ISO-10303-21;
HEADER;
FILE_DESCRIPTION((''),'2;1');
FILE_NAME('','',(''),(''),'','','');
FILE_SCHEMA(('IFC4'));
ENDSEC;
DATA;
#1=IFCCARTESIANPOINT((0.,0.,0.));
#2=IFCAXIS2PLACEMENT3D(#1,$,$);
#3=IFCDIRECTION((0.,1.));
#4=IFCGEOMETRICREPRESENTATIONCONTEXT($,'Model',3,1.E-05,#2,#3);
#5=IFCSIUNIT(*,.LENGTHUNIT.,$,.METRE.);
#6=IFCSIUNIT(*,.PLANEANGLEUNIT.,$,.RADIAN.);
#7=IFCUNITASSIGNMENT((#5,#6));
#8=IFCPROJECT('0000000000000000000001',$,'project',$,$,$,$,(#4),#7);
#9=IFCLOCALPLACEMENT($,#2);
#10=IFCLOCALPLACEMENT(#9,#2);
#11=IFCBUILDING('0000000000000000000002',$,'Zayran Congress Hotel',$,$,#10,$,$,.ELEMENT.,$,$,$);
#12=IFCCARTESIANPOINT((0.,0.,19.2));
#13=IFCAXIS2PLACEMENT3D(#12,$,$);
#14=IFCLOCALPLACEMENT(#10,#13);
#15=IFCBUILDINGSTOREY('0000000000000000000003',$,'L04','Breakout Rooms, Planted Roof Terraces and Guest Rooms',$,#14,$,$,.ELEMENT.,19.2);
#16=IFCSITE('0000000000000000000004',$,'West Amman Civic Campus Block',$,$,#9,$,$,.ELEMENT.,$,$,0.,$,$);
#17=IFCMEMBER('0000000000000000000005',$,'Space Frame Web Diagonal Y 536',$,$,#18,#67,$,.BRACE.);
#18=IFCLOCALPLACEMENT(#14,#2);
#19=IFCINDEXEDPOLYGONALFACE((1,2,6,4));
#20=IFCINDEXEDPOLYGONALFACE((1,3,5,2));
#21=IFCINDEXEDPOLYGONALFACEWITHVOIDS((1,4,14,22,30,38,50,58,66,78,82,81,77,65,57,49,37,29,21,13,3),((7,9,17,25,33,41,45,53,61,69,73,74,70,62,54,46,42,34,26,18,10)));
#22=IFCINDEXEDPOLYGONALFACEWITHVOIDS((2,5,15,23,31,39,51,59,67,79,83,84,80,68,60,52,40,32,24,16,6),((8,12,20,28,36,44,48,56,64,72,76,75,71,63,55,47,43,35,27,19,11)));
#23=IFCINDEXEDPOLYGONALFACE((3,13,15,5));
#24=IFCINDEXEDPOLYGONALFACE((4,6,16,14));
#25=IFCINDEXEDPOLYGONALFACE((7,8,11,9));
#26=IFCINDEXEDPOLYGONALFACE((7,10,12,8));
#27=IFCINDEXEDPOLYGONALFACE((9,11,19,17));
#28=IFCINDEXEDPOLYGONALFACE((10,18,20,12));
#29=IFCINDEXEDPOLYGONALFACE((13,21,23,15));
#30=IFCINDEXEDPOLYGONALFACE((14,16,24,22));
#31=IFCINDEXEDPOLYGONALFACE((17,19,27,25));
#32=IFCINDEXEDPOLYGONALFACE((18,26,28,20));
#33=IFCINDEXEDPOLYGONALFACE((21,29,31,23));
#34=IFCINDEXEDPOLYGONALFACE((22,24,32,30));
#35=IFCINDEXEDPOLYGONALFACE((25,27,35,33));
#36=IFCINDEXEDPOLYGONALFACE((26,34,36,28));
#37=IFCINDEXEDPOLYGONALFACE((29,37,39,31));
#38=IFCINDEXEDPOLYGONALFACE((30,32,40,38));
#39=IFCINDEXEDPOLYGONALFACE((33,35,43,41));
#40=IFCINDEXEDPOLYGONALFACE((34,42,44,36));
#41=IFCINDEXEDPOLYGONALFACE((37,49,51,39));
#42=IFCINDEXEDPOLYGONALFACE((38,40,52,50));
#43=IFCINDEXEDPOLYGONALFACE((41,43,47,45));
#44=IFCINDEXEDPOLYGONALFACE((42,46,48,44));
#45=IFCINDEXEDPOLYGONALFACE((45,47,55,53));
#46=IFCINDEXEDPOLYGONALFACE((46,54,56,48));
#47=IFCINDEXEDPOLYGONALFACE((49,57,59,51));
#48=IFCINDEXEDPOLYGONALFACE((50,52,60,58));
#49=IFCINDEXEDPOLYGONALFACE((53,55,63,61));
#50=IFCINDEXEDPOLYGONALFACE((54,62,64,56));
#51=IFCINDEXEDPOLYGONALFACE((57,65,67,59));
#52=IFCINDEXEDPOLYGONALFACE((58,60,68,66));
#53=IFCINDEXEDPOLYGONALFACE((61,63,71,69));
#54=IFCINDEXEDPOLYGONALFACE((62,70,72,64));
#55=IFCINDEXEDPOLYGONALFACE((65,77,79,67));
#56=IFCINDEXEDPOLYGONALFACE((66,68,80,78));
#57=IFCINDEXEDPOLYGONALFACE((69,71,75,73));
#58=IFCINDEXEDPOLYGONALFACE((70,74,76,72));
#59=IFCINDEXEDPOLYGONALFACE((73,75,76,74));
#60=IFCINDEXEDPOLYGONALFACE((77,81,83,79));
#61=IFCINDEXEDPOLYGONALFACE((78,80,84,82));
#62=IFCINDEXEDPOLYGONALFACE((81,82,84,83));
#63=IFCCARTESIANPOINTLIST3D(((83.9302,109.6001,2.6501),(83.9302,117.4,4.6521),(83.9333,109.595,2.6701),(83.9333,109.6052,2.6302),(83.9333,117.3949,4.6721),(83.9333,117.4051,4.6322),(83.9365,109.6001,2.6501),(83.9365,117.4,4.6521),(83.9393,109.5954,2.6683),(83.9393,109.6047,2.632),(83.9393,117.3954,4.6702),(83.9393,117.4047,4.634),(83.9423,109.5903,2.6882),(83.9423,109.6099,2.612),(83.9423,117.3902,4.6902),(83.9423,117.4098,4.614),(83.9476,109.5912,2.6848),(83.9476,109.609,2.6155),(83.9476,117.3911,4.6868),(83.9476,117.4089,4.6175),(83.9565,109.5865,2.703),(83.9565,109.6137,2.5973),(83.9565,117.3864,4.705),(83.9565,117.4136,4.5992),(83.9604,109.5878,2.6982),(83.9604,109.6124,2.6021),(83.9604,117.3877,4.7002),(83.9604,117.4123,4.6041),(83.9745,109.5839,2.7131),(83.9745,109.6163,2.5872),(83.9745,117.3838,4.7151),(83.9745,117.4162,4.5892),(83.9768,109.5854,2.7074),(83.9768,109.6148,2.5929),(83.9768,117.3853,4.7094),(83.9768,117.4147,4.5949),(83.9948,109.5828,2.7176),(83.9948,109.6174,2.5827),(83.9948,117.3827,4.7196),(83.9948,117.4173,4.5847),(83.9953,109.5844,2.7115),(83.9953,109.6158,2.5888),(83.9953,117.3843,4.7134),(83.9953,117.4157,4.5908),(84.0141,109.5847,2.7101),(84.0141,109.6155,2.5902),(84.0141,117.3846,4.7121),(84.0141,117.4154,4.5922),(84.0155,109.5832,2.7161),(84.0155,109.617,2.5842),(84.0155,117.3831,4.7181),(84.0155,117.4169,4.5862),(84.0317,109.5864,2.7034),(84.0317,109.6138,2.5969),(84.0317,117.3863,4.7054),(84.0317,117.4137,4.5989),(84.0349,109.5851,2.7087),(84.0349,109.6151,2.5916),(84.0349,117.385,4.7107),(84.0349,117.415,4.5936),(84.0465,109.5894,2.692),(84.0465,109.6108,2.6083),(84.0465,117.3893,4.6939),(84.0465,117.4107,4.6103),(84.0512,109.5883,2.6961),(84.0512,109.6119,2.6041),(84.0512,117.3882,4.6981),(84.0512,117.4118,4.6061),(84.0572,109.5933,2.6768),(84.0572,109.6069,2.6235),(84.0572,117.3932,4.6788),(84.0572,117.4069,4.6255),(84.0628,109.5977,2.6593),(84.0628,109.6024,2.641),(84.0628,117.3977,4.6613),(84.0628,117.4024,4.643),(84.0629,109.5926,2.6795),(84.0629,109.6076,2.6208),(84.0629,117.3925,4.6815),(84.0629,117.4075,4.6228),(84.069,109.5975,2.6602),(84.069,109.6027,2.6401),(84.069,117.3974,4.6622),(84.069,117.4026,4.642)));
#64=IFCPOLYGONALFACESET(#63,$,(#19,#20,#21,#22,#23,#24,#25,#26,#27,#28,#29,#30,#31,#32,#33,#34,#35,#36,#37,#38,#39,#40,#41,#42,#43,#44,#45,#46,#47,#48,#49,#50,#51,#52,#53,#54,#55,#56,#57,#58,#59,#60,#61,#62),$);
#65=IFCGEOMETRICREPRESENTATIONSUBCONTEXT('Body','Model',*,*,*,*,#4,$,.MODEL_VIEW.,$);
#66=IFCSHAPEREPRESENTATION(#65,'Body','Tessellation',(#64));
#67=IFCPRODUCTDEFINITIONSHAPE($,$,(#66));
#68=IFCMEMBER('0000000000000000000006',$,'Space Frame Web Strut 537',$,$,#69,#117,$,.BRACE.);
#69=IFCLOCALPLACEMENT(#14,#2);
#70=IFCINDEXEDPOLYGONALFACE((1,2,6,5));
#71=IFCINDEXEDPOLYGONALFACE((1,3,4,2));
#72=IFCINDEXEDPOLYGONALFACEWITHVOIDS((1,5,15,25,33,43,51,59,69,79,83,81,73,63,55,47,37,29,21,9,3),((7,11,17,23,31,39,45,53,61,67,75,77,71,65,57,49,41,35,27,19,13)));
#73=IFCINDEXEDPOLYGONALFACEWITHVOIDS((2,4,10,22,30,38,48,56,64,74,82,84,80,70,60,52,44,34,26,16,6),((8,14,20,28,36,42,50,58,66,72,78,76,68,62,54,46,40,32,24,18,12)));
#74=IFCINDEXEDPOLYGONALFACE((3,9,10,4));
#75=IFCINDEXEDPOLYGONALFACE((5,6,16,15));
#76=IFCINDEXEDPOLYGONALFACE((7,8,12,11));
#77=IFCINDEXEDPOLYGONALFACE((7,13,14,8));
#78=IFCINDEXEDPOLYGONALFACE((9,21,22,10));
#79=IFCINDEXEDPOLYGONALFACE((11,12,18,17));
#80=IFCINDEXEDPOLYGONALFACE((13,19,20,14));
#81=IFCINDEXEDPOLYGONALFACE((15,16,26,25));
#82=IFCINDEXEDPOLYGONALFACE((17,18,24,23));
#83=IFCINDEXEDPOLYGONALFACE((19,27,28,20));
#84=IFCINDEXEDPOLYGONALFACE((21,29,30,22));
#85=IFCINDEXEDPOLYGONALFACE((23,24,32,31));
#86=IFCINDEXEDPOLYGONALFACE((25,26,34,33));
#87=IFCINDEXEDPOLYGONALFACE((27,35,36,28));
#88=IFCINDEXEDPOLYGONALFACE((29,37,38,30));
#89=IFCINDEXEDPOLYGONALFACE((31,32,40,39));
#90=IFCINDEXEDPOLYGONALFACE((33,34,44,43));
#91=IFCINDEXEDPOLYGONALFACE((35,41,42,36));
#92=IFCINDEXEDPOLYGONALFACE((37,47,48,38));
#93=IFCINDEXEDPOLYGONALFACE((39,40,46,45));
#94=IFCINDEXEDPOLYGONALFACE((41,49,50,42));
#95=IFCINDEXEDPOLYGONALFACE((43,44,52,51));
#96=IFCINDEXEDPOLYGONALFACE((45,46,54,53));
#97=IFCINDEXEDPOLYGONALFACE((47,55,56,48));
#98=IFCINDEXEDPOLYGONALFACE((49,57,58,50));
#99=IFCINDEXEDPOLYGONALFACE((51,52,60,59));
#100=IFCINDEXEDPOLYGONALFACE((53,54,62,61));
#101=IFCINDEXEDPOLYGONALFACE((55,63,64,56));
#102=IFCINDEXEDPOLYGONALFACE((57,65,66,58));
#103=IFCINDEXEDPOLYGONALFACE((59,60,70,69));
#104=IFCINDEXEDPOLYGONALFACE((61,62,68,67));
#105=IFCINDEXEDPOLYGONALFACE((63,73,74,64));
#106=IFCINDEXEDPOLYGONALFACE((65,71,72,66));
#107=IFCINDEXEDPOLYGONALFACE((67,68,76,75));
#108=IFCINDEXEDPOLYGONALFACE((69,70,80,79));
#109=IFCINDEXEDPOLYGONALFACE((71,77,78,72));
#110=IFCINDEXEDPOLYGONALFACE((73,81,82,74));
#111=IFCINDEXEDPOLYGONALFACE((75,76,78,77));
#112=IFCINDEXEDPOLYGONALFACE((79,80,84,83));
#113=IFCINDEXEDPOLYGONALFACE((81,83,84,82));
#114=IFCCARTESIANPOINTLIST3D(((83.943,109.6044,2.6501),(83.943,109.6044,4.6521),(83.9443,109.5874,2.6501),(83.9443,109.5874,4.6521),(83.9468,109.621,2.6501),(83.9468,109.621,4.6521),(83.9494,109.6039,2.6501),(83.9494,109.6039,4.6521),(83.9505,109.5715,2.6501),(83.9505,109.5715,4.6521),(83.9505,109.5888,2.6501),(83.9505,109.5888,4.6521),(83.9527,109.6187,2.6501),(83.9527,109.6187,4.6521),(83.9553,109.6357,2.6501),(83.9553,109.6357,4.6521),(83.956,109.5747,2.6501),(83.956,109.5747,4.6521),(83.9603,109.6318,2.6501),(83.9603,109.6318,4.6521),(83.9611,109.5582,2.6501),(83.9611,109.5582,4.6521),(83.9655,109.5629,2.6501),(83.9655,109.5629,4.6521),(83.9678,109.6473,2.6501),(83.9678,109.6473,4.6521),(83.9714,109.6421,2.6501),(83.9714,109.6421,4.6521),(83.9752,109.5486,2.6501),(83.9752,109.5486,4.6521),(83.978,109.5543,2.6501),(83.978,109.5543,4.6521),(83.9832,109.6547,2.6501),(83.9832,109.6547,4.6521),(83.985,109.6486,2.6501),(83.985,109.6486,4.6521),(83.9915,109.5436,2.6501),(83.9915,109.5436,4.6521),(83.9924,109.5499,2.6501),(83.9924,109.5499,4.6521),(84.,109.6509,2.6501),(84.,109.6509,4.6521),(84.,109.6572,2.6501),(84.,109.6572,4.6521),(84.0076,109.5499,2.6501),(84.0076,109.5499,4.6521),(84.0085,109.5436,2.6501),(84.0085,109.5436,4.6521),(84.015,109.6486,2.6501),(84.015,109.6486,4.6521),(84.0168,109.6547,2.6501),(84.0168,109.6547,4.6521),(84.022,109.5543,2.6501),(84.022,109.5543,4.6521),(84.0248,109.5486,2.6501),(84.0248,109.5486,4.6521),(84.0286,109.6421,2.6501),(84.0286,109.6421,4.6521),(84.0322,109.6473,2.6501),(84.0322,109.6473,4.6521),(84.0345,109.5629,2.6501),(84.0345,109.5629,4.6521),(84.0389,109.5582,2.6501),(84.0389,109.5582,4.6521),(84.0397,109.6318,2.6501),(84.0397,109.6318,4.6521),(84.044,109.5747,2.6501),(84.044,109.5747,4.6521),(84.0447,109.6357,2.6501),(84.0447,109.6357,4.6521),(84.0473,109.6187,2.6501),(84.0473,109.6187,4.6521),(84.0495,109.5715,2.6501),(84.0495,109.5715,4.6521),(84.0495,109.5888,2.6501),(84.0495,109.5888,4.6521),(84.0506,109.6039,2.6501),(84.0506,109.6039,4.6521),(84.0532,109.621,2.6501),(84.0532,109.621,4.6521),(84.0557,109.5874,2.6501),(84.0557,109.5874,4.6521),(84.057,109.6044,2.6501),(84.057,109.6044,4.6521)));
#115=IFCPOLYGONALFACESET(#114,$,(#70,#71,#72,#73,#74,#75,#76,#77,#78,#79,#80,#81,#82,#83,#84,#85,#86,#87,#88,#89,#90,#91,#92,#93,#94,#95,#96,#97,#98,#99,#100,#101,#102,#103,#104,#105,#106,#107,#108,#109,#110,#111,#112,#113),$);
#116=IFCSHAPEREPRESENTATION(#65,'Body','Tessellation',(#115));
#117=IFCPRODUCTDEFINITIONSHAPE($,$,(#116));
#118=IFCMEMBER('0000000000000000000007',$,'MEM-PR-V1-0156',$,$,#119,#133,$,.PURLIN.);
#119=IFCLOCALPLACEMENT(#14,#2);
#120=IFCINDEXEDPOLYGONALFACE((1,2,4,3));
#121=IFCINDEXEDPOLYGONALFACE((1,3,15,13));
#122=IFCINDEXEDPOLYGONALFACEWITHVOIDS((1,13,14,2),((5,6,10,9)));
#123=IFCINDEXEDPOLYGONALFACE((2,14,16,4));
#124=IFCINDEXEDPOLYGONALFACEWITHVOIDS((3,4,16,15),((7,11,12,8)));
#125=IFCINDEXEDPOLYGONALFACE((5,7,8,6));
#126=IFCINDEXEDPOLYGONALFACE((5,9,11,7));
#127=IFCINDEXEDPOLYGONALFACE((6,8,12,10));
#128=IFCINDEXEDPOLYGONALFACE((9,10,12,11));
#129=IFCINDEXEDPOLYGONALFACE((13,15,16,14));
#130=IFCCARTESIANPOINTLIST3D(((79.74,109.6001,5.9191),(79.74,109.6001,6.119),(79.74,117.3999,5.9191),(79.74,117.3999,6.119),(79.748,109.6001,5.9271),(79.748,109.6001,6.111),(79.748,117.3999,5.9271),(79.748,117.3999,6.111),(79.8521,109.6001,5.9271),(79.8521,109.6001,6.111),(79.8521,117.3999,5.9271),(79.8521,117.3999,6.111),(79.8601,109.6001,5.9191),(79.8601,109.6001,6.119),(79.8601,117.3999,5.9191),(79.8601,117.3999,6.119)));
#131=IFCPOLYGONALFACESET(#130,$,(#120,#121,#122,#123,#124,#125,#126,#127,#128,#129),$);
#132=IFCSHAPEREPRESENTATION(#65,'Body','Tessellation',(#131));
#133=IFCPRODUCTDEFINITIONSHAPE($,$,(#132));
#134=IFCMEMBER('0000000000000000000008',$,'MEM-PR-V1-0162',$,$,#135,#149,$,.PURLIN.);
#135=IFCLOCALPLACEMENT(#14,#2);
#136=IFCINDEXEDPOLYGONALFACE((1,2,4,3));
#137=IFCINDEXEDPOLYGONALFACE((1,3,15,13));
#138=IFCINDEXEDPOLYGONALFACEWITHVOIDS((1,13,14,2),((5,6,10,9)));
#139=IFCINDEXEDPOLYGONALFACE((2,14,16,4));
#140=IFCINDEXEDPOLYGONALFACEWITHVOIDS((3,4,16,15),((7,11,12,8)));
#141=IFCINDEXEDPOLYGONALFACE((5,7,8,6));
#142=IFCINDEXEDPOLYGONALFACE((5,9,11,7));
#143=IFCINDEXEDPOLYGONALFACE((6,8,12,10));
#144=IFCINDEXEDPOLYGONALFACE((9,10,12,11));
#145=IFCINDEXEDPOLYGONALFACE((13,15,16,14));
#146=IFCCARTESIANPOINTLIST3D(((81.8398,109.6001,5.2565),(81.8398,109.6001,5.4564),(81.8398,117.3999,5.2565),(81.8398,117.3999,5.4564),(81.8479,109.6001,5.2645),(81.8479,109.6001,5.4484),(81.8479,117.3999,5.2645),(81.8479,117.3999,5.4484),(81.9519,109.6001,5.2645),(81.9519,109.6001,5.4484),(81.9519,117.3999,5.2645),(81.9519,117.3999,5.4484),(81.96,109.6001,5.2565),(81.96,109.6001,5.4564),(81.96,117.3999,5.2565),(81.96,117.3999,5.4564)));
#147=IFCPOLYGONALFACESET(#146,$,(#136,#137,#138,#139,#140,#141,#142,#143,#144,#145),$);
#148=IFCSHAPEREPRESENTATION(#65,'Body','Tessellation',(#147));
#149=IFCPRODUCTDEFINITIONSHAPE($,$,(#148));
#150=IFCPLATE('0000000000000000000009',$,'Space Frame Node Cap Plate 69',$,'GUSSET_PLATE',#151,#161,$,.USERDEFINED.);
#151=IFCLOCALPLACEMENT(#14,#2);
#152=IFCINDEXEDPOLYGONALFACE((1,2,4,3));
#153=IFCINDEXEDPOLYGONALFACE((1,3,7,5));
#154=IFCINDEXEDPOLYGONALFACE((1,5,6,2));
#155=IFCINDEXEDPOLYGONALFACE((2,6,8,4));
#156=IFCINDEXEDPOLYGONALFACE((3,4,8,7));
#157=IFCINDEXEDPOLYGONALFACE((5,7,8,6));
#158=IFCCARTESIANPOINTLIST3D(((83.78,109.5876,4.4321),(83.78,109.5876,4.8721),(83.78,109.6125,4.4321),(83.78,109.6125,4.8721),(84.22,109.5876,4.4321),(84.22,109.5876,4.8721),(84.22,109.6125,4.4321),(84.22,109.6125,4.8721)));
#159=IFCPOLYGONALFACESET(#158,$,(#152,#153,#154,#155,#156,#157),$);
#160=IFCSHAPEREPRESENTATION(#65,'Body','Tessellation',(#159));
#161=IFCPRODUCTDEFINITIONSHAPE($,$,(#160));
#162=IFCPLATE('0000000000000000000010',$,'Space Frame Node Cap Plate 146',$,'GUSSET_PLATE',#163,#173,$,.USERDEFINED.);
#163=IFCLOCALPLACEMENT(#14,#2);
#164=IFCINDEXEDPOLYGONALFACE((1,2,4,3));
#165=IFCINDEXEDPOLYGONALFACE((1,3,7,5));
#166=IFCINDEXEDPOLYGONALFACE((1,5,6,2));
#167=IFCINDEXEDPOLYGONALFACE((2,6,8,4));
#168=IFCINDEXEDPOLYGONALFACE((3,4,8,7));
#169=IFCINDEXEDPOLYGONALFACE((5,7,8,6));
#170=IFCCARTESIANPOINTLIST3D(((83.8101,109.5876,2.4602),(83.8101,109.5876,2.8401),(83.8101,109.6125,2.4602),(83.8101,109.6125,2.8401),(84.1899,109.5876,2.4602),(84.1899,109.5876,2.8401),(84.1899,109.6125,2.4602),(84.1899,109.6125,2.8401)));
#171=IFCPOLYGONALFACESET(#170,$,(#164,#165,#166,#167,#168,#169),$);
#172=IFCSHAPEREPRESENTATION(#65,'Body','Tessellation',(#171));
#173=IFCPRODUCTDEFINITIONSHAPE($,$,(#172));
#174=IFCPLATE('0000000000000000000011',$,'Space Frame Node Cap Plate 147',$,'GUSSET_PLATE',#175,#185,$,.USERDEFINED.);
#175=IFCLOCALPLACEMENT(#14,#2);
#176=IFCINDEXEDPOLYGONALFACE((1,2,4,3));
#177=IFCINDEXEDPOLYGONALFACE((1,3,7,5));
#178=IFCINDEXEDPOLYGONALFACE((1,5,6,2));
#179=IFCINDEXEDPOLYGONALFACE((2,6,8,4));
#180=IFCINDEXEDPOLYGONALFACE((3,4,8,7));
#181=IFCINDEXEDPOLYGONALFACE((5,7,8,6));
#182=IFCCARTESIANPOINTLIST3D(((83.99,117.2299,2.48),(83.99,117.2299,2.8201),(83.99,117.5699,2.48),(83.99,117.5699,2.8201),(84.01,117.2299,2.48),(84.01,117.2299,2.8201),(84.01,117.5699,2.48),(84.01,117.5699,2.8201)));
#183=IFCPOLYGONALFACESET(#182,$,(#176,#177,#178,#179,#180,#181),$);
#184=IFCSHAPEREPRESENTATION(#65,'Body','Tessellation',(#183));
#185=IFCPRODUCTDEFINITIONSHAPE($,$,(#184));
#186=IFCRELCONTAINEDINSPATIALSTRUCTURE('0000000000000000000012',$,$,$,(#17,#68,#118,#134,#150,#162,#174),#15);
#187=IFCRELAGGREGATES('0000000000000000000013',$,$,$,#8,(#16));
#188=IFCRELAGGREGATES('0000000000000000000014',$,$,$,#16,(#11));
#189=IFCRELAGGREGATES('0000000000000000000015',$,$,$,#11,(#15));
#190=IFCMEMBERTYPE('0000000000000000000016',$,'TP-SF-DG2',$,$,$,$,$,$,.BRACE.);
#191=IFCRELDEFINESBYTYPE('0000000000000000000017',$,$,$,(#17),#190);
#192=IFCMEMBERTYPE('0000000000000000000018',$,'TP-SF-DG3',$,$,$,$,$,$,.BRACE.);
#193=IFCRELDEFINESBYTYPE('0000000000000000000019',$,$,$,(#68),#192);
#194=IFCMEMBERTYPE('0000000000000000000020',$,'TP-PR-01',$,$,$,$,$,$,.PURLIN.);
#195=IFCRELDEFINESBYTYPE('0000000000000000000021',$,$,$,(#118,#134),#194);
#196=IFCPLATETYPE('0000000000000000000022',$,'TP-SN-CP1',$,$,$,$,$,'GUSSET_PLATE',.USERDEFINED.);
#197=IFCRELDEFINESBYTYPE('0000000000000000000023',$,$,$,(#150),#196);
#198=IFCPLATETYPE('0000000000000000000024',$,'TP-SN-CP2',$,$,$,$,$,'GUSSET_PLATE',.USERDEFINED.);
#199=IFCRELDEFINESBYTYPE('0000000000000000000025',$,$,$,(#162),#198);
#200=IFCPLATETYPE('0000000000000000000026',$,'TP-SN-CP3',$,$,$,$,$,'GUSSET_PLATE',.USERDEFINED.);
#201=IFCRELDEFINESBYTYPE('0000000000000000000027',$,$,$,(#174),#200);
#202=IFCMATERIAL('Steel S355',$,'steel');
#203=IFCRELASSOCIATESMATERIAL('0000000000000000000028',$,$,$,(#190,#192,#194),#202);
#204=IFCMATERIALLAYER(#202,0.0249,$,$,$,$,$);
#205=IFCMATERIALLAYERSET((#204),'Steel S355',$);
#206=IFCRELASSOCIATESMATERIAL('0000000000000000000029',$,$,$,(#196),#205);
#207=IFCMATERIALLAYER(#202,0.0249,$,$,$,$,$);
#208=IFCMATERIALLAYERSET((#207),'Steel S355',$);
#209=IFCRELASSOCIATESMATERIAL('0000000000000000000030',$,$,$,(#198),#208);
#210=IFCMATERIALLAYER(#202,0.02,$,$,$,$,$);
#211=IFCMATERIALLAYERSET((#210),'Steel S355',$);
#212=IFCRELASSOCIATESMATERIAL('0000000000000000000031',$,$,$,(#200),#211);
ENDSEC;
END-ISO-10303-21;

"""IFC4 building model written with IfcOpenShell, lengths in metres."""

from ifc_helpers import new_model, si_unit, direction, frame, origin, origin_2d, place, context, subcontext, project, spatial, rectangle, hollow_rectangle, hollow_circle, extrude, material, layer, layer_set, material_profile, profile_set, type_object, element, save


model = new_model("IFC4")

# Units and contexts
model_context = context("Model", 3, precision=1e-05, world=origin(), true_north=direction((0.0, 1.0)))
body_context = subcontext(model_context, "Body", "Model", "MODEL_VIEW")
ifc_project = project(units=[si_unit("LENGTHUNIT", "METRE"), si_unit("PLANEANGLEUNIT", "RADIAN")], contexts=[model_context])

# Site, building, storey
site_placement = place(None, origin())
site = spatial("IfcSite", under=ifc_project, at=site_placement, Name="West Amman Civic Campus Block", CompositionType="ELEMENT", RefElevation=0.0)
building_placement = place(site_placement, origin())
building = spatial("IfcBuilding", under=site, at=building_placement, Name="Zayran Congress Hotel", CompositionType="ELEMENT")
storey_placement = place(building_placement, frame((0.0, 0.0, 19.2)))
storey = spatial("IfcBuildingStorey", under=building, at=storey_placement, Name="L04", Description="Breakout Rooms, Planted Roof Terraces and Guest Rooms", CompositionType="ELEMENT", Elevation=19.2)

# Shared definitions
ifc_material_1 = material(Name="Steel S355", Category="steel")

# Members
ifc_material_profile_1 = material_profile(ifc_material_1, hollow_circle(Radius=0.0698, WallThickness=0.0063, at=origin_2d()), Name="CHS 139.7x6.3")
ifc_profile_set_1 = profile_set([ifc_material_profile_1], Name="Steel S355")
member_type_1 = type_object("IfcMemberType", Name="TP-SF-DG2", PredefinedType="BRACE", material=ifc_profile_set_1)
member_1_placement = place(storey_placement, frame((84.0, 109.6001, 2.6501), z_axis=(0.0, 0.968604, 0.248609), x_axis=(-1.0, 0.0, 0.0)))
element("IfcMember", 1, at=member_1_placement, inside=storey, type_object=member_type_1, Name="Space Frame Web Diagonal Y 536", PredefinedType="BRACE", context=body_context, shape_type="SweptSolid", body=[
    extrude(hollow_circle(Radius=0.0698, WallThickness=0.0063, at=origin_2d()), origin(), (0.0, 0.0, 1.0), 8.0527),
])
ifc_material_profile_2 = material_profile(ifc_material_1, hollow_circle(Radius=0.0571, WallThickness=0.0063, at=origin_2d()), Name="CHS 114.3x6.3")
ifc_profile_set_2 = profile_set([ifc_material_profile_2], Name="Steel S355")
member_type_2 = type_object("IfcMemberType", Name="TP-SF-DG3", PredefinedType="BRACE", material=ifc_profile_set_2)
member_2_placement = place(storey_placement, frame((84.0, 109.6001, 2.6501), z_axis=(0.0, 0.0, 1.0), x_axis=(0.0, 1.0, 0.0)))
element("IfcMember", 2, at=member_2_placement, inside=storey, type_object=member_type_2, Name="Space Frame Web Strut 537", PredefinedType="BRACE", context=body_context, shape_type="SweptSolid", body=[
    extrude(hollow_circle(Radius=0.0571, WallThickness=0.0063, at=origin_2d()), origin(), (0.0, 0.0, 1.0), 2.002),
])
ifc_material_profile_3 = material_profile(ifc_material_1, hollow_rectangle(XDim=0.1201, YDim=0.2, WallThickness=0.0081, at=origin_2d()), Name="RHS 200x120x8")
ifc_profile_set_3 = profile_set([ifc_material_profile_3], Name="Steel S355")
member_type_3 = type_object("IfcMemberType", Name="TP-PR-01", PredefinedType="PURLIN", material=ifc_profile_set_3)
for number, where, z_axis, x_axis, name in (
    (3, (79.8, 109.6001, 6.019), (0.0, 1.0, 0.0), (-1.0, 0.0, 0.0), "MEM-PR-V1-0156"),
    (4, (81.8999, 109.6001, 5.3564), (0.0, 1.0, 0.0), (-1.0, 0.0, 0.0), "MEM-PR-V1-0162"),
):
    element("IfcMember", number, at=place(storey_placement, frame(where, z_axis=z_axis, x_axis=x_axis)), inside=storey, type_object=member_type_3, Name=name, PredefinedType="PURLIN", context=body_context, shape_type="SweptSolid", body=[
        extrude(hollow_rectangle(XDim=0.1201, YDim=0.2, WallThickness=0.0081, at=origin_2d()), origin(), (0.0, 0.0, 1.0), 7.7998),
    ])

# Plates
ifc_layer_1 = layer(ifc_material_1, 0.0249)
ifc_layer_set_1 = layer_set([ifc_layer_1], Name="Steel S355")
plate_type_1 = type_object("IfcPlateType", Name="TP-SN-CP1", ElementType="GUSSET_PLATE", PredefinedType="USERDEFINED", material=ifc_layer_set_1)
plate_1_placement = place(storey_placement, frame((84.0, 109.6001, 4.4321), z_axis=(0.0, 0.0, 1.0), x_axis=(1.0, 0.0, 0.0)))
element("IfcPlate", 5, at=plate_1_placement, inside=storey, type_object=plate_type_1, Name="Space Frame Node Cap Plate 69", ObjectType="GUSSET_PLATE", PredefinedType="USERDEFINED", context=body_context, shape_type="SweptSolid", body=[
    extrude(rectangle(XDim=0.4399, YDim=0.0249, at=origin_2d()), origin(), (0.0, 0.0, 1.0), 0.4399),
])
ifc_layer_2 = layer(ifc_material_1, 0.0249)
ifc_layer_set_2 = layer_set([ifc_layer_2], Name="Steel S355")
plate_type_2 = type_object("IfcPlateType", Name="TP-SN-CP2", ElementType="GUSSET_PLATE", PredefinedType="USERDEFINED", material=ifc_layer_set_2)
plate_2_placement = place(storey_placement, frame((84.0, 109.6001, 2.4602), z_axis=(0.0, 0.0, 1.0), x_axis=(1.0, 0.0, 0.0)))
element("IfcPlate", 6, at=plate_2_placement, inside=storey, type_object=plate_type_2, Name="Space Frame Node Cap Plate 146", ObjectType="GUSSET_PLATE", PredefinedType="USERDEFINED", context=body_context, shape_type="SweptSolid", body=[
    extrude(rectangle(XDim=0.3799, YDim=0.0249, at=origin_2d()), origin(), (0.0, 0.0, 1.0), 0.3799),
])
ifc_layer_3 = layer(ifc_material_1, 0.02)
ifc_layer_set_3 = layer_set([ifc_layer_3], Name="Steel S355")
plate_type_3 = type_object("IfcPlateType", Name="TP-SN-CP3", ElementType="GUSSET_PLATE", PredefinedType="USERDEFINED", material=ifc_layer_set_3)
plate_3_placement = place(storey_placement, frame((84.0, 117.3999, 2.48), z_axis=(0.0, 0.0, 1.0), x_axis=(0.0, 1.0, 0.0)))
element("IfcPlate", 7, at=plate_3_placement, inside=storey, type_object=plate_type_3, Name="Space Frame Node Cap Plate 147", ObjectType="GUSSET_PLATE", PredefinedType="USERDEFINED", context=body_context, shape_type="SweptSolid", body=[
    extrude(rectangle(XDim=0.3401, YDim=0.02, at=origin_2d()), origin(), (0.0, 0.0, 1.0), 0.3401),
])

save(model, "model.ifc")
